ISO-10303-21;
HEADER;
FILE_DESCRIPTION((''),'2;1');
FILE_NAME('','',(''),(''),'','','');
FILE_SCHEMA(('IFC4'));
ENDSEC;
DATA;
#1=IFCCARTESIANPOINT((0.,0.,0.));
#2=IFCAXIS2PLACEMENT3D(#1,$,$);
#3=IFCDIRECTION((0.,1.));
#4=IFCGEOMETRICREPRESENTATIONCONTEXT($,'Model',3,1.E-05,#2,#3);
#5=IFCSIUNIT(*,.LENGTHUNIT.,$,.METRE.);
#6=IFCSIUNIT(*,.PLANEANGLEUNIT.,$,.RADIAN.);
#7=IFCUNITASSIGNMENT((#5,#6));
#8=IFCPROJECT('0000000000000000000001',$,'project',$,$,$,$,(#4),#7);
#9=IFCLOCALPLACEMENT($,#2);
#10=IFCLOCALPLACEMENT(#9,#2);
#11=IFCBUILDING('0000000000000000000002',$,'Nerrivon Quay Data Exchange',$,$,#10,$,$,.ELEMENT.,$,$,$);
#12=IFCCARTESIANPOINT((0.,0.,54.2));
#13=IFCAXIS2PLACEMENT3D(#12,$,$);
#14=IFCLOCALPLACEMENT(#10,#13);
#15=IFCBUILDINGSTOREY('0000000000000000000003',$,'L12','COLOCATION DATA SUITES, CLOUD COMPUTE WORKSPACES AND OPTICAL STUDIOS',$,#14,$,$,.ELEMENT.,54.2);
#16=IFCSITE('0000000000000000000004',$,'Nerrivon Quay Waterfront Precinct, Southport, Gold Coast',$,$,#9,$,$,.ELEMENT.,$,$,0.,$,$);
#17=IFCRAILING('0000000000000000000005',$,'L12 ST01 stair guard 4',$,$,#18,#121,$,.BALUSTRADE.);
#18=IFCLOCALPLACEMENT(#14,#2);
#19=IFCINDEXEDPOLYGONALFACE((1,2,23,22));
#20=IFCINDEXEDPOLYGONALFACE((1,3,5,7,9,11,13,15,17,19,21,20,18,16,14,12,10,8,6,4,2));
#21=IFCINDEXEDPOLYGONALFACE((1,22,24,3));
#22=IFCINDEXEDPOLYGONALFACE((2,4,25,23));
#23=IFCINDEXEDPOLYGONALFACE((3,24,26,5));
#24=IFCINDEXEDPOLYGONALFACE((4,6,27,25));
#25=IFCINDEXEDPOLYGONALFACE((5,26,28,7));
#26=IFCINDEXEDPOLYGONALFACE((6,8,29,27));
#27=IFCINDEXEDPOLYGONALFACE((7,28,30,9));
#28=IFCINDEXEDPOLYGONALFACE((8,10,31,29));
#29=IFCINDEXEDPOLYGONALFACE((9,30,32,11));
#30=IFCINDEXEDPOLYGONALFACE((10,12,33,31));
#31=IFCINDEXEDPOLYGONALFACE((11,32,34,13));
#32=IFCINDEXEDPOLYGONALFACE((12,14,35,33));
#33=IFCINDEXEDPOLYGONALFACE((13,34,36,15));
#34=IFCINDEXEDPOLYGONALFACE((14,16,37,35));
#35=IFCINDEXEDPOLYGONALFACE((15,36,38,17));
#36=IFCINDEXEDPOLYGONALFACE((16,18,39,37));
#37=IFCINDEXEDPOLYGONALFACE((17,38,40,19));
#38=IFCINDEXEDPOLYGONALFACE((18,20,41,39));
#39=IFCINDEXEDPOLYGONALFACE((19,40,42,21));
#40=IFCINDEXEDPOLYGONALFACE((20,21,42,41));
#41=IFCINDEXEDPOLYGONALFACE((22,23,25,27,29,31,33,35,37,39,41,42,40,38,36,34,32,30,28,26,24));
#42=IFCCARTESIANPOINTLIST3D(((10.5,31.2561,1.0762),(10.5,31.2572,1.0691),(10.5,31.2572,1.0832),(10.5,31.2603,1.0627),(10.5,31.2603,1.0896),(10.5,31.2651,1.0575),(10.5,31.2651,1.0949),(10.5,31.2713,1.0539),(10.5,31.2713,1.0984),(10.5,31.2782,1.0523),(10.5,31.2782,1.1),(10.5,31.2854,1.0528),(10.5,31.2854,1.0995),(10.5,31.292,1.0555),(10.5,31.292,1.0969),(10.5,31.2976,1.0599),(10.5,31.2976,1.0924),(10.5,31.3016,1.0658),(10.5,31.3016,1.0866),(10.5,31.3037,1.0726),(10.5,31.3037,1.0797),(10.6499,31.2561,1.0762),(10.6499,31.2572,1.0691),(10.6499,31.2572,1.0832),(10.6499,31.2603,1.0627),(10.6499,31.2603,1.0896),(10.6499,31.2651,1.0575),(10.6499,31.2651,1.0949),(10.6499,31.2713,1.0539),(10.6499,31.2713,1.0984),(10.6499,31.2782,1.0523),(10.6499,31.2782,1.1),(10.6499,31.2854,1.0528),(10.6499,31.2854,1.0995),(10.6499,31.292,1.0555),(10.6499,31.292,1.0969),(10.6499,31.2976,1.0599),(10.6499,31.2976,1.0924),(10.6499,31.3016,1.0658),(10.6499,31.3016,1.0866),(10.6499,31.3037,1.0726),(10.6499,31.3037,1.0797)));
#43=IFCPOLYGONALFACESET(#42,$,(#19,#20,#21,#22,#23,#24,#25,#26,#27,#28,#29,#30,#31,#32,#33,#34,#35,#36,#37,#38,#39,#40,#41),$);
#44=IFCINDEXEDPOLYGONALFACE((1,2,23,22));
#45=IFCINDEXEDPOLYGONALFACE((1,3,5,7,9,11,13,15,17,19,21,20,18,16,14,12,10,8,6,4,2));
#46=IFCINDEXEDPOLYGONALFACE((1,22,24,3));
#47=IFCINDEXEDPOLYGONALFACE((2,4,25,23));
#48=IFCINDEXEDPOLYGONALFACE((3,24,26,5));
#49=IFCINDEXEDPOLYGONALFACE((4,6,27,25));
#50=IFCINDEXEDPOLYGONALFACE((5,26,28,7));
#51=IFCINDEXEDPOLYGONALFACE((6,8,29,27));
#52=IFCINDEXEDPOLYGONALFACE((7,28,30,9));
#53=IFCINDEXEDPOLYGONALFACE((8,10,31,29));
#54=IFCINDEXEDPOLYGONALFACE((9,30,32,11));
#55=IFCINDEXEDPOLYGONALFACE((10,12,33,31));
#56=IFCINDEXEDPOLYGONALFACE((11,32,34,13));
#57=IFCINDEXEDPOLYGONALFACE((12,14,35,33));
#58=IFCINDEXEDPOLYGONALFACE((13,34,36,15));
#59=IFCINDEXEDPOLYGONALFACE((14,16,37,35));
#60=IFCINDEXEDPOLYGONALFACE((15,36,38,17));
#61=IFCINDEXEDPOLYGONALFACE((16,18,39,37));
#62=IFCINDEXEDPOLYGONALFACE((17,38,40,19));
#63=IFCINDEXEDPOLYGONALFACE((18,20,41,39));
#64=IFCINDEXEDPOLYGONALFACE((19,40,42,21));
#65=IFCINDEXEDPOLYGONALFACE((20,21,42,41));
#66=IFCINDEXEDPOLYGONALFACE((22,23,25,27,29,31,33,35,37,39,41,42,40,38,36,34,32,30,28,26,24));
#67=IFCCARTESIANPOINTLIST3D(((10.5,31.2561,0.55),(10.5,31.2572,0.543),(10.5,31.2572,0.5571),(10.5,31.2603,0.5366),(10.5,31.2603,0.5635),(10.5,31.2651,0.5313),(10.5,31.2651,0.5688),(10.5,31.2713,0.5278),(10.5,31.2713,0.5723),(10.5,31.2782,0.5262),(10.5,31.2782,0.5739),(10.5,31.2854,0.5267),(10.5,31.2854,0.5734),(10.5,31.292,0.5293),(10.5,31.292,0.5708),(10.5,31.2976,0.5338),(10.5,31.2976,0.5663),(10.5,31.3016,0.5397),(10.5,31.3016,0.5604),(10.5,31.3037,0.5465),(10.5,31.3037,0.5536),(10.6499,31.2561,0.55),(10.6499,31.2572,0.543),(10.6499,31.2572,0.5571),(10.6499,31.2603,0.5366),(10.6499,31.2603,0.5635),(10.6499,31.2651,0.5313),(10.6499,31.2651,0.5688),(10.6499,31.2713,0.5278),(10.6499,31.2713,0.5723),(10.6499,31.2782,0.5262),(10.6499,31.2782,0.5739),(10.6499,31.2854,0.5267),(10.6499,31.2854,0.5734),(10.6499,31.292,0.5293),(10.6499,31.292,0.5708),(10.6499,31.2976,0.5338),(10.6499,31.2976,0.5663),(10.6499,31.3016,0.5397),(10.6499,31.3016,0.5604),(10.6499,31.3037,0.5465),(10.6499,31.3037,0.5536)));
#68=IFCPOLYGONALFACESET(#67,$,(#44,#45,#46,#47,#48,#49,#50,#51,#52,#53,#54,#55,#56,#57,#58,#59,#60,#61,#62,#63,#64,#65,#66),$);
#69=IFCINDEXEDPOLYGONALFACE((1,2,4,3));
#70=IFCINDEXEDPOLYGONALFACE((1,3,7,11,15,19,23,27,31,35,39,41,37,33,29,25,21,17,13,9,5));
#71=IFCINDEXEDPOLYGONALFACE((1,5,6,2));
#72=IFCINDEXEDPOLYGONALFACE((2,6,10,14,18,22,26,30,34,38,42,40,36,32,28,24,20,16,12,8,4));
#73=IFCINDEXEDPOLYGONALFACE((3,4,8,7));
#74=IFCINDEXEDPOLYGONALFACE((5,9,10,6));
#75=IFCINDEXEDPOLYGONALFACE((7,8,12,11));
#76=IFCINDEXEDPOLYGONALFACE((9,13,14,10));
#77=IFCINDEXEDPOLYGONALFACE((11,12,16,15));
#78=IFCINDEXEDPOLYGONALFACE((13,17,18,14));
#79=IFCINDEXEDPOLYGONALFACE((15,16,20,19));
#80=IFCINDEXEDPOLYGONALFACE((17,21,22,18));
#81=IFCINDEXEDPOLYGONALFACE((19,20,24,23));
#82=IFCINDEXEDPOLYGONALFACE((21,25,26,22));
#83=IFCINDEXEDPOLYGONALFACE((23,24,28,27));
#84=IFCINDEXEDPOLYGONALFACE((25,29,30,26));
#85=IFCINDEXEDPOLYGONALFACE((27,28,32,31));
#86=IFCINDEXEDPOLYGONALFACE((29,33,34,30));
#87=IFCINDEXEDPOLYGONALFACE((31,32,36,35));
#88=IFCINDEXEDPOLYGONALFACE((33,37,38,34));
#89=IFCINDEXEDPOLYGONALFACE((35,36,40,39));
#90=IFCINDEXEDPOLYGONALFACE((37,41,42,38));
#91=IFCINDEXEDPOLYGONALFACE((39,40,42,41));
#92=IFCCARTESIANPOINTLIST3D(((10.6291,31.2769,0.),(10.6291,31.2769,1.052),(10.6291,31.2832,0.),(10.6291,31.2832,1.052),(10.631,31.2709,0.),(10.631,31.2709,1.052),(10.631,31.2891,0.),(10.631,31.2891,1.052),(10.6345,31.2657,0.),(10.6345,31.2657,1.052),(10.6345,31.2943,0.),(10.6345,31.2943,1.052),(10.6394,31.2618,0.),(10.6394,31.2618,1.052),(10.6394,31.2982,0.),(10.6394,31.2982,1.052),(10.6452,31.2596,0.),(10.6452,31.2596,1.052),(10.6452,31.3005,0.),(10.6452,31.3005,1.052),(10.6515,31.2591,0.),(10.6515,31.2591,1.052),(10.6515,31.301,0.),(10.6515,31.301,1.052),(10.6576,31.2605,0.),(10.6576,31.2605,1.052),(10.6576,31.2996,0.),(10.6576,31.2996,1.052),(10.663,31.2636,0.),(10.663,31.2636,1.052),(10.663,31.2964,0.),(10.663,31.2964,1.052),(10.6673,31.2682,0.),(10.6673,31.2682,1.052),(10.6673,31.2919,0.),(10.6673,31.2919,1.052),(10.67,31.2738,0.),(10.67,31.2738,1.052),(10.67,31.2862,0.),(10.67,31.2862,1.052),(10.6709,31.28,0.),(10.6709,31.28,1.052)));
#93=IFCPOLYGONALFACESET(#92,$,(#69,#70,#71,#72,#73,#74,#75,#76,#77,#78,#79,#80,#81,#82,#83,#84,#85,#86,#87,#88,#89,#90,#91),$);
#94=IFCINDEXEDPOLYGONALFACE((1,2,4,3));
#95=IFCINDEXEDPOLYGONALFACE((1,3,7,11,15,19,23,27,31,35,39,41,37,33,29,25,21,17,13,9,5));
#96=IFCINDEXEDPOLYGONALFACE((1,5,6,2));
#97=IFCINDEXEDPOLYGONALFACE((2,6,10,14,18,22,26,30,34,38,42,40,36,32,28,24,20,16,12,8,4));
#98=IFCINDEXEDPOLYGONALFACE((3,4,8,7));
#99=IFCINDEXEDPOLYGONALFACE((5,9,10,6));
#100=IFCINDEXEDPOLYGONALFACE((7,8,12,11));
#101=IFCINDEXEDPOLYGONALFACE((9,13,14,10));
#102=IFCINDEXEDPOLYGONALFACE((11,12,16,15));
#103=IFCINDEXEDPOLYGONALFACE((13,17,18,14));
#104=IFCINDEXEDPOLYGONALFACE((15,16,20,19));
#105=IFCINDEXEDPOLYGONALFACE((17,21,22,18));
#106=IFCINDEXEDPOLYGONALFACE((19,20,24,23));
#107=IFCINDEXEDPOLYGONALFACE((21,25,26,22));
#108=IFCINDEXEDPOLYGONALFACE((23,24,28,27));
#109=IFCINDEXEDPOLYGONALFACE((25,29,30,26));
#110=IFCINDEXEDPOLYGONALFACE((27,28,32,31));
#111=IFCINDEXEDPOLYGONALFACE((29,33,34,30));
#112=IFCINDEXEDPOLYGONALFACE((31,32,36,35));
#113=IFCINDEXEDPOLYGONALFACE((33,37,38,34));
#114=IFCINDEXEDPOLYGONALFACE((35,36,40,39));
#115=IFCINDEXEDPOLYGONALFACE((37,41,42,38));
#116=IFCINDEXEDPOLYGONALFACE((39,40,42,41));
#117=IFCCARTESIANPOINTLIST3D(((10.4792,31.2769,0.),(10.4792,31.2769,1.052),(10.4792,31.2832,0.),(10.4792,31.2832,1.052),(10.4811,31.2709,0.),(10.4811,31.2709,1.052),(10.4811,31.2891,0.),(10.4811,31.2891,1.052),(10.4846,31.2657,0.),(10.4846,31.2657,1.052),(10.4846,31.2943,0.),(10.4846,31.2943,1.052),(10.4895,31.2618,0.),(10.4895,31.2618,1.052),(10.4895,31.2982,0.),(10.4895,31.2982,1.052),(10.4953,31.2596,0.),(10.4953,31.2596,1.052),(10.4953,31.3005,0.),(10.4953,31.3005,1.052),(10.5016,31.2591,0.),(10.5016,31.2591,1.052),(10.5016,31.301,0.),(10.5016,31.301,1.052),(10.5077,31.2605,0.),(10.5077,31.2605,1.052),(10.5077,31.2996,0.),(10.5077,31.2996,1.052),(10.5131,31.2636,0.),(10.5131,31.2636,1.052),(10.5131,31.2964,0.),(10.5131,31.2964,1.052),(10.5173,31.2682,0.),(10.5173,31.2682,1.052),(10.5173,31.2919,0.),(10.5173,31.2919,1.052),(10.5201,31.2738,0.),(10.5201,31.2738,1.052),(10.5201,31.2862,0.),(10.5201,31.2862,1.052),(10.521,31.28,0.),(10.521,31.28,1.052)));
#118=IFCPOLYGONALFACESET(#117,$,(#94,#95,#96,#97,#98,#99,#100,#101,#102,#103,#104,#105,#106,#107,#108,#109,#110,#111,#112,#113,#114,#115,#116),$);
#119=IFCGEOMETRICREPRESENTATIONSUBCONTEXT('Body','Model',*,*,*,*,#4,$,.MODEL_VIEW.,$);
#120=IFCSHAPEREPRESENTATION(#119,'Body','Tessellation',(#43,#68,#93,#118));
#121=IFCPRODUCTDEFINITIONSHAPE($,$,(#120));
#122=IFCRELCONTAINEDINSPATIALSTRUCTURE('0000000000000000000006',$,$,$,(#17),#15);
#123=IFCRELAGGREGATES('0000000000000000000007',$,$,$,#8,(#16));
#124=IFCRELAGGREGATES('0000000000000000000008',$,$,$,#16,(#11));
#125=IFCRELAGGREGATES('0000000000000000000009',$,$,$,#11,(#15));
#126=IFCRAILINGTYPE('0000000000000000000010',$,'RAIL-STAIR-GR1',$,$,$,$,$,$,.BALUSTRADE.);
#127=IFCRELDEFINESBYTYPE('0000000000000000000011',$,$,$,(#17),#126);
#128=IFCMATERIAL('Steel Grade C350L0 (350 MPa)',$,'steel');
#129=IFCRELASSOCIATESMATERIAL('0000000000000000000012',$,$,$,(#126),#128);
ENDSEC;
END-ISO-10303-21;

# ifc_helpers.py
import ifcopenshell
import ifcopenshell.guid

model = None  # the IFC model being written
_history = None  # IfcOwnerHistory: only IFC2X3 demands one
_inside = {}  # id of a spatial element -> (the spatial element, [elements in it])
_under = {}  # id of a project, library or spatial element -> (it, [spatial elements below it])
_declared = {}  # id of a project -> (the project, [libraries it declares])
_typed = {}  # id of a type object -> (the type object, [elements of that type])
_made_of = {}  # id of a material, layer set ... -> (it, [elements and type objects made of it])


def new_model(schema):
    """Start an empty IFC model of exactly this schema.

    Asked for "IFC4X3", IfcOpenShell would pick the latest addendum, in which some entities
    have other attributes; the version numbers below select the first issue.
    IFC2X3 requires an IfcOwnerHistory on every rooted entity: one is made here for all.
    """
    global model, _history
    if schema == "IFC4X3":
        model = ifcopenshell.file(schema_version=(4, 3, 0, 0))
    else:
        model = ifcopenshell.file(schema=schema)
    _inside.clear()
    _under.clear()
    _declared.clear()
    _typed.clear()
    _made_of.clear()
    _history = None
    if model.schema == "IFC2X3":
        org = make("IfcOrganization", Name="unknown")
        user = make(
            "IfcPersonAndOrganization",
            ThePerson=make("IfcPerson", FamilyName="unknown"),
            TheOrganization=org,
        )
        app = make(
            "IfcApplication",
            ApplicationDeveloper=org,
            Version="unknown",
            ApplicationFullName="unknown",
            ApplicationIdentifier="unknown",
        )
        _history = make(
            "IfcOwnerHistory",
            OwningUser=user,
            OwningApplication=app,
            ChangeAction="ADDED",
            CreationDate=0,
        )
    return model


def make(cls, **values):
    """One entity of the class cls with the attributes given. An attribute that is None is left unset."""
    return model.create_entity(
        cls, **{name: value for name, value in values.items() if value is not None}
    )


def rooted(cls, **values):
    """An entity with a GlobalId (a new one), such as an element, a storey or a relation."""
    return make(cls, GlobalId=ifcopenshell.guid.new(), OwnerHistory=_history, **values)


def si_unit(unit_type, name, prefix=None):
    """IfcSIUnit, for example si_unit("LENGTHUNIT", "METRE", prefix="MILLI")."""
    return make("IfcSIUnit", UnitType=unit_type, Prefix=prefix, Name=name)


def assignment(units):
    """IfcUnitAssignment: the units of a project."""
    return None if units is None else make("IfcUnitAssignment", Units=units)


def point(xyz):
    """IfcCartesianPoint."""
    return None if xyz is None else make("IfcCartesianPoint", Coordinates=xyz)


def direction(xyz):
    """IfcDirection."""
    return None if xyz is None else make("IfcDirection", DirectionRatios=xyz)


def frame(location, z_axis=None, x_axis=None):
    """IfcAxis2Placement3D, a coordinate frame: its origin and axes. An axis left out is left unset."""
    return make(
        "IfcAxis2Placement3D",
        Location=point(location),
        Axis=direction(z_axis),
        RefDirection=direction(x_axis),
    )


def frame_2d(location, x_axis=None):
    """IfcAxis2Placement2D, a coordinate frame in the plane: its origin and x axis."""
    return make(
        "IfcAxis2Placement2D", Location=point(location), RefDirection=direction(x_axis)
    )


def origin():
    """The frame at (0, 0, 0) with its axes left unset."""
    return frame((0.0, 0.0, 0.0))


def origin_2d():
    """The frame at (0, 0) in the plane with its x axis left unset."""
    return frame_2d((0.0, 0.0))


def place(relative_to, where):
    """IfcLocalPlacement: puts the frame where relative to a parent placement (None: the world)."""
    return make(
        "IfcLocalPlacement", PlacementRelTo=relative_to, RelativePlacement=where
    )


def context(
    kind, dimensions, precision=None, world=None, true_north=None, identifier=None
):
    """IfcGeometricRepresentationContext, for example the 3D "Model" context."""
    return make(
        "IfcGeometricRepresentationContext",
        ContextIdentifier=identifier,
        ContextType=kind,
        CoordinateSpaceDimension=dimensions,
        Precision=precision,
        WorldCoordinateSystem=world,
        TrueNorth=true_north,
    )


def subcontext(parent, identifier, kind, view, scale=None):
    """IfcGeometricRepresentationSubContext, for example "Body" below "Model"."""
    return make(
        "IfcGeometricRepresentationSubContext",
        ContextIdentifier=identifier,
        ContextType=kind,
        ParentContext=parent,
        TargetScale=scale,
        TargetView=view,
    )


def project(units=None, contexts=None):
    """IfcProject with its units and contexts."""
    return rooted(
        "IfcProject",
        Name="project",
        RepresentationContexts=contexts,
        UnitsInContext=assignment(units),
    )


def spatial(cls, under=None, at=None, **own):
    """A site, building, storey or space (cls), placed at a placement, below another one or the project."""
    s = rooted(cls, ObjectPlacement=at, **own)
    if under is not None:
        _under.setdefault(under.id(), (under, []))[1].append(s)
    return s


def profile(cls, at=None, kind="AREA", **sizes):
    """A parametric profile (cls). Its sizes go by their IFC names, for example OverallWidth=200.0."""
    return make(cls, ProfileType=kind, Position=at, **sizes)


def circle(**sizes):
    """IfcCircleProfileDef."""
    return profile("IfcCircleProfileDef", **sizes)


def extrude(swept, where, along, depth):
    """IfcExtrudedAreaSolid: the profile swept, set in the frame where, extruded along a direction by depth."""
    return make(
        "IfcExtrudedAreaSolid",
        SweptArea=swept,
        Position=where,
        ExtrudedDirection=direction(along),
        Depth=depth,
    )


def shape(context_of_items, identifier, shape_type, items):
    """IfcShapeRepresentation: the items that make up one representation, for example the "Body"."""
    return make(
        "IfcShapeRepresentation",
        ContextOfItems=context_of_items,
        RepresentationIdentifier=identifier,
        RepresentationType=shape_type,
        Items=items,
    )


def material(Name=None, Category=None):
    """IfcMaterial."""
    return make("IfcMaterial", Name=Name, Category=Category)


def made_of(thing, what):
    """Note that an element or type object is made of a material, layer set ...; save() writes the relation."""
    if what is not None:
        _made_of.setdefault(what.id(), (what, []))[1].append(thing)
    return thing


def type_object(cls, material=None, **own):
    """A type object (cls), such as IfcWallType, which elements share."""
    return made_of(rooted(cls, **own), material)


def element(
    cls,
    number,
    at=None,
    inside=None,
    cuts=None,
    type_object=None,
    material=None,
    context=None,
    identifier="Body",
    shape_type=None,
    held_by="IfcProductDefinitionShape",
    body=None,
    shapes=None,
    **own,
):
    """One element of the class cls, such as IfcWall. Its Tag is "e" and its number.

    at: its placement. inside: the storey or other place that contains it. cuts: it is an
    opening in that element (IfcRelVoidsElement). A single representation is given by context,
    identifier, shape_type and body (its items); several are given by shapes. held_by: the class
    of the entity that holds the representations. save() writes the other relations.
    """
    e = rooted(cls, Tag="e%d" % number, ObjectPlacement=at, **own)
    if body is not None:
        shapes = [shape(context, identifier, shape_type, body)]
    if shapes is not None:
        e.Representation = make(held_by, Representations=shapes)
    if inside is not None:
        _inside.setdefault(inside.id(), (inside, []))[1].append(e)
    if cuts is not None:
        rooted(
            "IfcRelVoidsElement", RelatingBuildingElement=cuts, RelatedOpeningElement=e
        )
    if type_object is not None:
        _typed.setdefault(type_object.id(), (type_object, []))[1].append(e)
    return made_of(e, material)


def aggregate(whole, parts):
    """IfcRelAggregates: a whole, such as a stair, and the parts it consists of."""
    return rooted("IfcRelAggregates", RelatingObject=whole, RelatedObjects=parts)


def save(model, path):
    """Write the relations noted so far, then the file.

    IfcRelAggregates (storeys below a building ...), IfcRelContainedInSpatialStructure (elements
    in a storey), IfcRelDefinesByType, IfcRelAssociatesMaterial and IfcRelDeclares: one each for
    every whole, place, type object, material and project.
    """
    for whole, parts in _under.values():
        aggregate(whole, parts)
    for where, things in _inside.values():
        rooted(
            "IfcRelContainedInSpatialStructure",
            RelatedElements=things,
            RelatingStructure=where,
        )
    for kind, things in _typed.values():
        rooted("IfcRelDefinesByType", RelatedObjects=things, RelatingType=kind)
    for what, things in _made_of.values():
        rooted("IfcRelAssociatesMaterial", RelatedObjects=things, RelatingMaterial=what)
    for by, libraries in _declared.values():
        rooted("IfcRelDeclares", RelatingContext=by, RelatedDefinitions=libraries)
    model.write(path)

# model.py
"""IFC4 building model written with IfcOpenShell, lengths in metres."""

from ifc_helpers import new_model, si_unit, direction, frame, origin, origin_2d, place, context, subcontext, project, spatial, circle, extrude, material, type_object, element, save


model = new_model("IFC4")

# Units and contexts
model_context = context("Model", 3, precision=1e-05, world=origin(), true_north=direction((0.0, 1.0)))
body_context = subcontext(model_context, "Body", "Model", "MODEL_VIEW")
ifc_project = project(units=[si_unit("LENGTHUNIT", "METRE"), si_unit("PLANEANGLEUNIT", "RADIAN")], contexts=[model_context])

# Site, building, storey
site_placement = place(None, origin())
site = spatial("IfcSite", under=ifc_project, at=site_placement, Name="Nerrivon Quay Waterfront Precinct, Southport, Gold Coast", CompositionType="ELEMENT", RefElevation=0.0)
building_placement = place(site_placement, origin())
building = spatial("IfcBuilding", under=site, at=building_placement, Name="Nerrivon Quay Data Exchange", CompositionType="ELEMENT")
storey_placement = place(building_placement, frame((0.0, 0.0, 54.2)))
storey = spatial("IfcBuildingStorey", under=building, at=storey_placement, Name="L12", Description="COLOCATION DATA SUITES, CLOUD COMPUTE WORKSPACES AND OPTICAL STUDIOS", CompositionType="ELEMENT", Elevation=54.2)

# Railing
ifc_material_1 = material(Name="Steel Grade C350L0 (350 MPa)", Category="steel")
railing_type_1 = type_object("IfcRailingType", Name="RAIL-STAIR-GR1", PredefinedType="BALUSTRADE", material=ifc_material_1)
railing_1_placement = place(storey_placement, frame((10.6499, 31.28, 0.0)))
element("IfcRailing", 1, at=railing_1_placement, inside=storey, type_object=railing_type_1, Name="L12 ST01 stair guard 4", PredefinedType="BALUSTRADE", context=body_context, shape_type="SweptSolid", body=[
    extrude(circle(Radius=0.0239, at=origin_2d()), frame((0.0, 0.0, 1.0762), z_axis=(-1.0, 0.0, 0.0), x_axis=(0.0, -1.0, 0.0)), (0.0, 0.0, 1.0), 0.1499),
    extrude(circle(Radius=0.0239, at=origin_2d()), frame((0.0, 0.0, 0.55), z_axis=(-1.0, 0.0, 0.0), x_axis=(0.0, -1.0, 0.0)), (0.0, 0.0, 1.0), 0.1499),
    extrude(circle(Radius=0.021, at=origin_2d()), origin(), (0.0, 0.0, 1.0), 1.052),
    extrude(circle(Radius=0.021, at=origin_2d()), frame((-0.1499, 0.0, 0.0)), (0.0, 0.0, 1.0), 1.052),
])

save(model, "model.ifc")
